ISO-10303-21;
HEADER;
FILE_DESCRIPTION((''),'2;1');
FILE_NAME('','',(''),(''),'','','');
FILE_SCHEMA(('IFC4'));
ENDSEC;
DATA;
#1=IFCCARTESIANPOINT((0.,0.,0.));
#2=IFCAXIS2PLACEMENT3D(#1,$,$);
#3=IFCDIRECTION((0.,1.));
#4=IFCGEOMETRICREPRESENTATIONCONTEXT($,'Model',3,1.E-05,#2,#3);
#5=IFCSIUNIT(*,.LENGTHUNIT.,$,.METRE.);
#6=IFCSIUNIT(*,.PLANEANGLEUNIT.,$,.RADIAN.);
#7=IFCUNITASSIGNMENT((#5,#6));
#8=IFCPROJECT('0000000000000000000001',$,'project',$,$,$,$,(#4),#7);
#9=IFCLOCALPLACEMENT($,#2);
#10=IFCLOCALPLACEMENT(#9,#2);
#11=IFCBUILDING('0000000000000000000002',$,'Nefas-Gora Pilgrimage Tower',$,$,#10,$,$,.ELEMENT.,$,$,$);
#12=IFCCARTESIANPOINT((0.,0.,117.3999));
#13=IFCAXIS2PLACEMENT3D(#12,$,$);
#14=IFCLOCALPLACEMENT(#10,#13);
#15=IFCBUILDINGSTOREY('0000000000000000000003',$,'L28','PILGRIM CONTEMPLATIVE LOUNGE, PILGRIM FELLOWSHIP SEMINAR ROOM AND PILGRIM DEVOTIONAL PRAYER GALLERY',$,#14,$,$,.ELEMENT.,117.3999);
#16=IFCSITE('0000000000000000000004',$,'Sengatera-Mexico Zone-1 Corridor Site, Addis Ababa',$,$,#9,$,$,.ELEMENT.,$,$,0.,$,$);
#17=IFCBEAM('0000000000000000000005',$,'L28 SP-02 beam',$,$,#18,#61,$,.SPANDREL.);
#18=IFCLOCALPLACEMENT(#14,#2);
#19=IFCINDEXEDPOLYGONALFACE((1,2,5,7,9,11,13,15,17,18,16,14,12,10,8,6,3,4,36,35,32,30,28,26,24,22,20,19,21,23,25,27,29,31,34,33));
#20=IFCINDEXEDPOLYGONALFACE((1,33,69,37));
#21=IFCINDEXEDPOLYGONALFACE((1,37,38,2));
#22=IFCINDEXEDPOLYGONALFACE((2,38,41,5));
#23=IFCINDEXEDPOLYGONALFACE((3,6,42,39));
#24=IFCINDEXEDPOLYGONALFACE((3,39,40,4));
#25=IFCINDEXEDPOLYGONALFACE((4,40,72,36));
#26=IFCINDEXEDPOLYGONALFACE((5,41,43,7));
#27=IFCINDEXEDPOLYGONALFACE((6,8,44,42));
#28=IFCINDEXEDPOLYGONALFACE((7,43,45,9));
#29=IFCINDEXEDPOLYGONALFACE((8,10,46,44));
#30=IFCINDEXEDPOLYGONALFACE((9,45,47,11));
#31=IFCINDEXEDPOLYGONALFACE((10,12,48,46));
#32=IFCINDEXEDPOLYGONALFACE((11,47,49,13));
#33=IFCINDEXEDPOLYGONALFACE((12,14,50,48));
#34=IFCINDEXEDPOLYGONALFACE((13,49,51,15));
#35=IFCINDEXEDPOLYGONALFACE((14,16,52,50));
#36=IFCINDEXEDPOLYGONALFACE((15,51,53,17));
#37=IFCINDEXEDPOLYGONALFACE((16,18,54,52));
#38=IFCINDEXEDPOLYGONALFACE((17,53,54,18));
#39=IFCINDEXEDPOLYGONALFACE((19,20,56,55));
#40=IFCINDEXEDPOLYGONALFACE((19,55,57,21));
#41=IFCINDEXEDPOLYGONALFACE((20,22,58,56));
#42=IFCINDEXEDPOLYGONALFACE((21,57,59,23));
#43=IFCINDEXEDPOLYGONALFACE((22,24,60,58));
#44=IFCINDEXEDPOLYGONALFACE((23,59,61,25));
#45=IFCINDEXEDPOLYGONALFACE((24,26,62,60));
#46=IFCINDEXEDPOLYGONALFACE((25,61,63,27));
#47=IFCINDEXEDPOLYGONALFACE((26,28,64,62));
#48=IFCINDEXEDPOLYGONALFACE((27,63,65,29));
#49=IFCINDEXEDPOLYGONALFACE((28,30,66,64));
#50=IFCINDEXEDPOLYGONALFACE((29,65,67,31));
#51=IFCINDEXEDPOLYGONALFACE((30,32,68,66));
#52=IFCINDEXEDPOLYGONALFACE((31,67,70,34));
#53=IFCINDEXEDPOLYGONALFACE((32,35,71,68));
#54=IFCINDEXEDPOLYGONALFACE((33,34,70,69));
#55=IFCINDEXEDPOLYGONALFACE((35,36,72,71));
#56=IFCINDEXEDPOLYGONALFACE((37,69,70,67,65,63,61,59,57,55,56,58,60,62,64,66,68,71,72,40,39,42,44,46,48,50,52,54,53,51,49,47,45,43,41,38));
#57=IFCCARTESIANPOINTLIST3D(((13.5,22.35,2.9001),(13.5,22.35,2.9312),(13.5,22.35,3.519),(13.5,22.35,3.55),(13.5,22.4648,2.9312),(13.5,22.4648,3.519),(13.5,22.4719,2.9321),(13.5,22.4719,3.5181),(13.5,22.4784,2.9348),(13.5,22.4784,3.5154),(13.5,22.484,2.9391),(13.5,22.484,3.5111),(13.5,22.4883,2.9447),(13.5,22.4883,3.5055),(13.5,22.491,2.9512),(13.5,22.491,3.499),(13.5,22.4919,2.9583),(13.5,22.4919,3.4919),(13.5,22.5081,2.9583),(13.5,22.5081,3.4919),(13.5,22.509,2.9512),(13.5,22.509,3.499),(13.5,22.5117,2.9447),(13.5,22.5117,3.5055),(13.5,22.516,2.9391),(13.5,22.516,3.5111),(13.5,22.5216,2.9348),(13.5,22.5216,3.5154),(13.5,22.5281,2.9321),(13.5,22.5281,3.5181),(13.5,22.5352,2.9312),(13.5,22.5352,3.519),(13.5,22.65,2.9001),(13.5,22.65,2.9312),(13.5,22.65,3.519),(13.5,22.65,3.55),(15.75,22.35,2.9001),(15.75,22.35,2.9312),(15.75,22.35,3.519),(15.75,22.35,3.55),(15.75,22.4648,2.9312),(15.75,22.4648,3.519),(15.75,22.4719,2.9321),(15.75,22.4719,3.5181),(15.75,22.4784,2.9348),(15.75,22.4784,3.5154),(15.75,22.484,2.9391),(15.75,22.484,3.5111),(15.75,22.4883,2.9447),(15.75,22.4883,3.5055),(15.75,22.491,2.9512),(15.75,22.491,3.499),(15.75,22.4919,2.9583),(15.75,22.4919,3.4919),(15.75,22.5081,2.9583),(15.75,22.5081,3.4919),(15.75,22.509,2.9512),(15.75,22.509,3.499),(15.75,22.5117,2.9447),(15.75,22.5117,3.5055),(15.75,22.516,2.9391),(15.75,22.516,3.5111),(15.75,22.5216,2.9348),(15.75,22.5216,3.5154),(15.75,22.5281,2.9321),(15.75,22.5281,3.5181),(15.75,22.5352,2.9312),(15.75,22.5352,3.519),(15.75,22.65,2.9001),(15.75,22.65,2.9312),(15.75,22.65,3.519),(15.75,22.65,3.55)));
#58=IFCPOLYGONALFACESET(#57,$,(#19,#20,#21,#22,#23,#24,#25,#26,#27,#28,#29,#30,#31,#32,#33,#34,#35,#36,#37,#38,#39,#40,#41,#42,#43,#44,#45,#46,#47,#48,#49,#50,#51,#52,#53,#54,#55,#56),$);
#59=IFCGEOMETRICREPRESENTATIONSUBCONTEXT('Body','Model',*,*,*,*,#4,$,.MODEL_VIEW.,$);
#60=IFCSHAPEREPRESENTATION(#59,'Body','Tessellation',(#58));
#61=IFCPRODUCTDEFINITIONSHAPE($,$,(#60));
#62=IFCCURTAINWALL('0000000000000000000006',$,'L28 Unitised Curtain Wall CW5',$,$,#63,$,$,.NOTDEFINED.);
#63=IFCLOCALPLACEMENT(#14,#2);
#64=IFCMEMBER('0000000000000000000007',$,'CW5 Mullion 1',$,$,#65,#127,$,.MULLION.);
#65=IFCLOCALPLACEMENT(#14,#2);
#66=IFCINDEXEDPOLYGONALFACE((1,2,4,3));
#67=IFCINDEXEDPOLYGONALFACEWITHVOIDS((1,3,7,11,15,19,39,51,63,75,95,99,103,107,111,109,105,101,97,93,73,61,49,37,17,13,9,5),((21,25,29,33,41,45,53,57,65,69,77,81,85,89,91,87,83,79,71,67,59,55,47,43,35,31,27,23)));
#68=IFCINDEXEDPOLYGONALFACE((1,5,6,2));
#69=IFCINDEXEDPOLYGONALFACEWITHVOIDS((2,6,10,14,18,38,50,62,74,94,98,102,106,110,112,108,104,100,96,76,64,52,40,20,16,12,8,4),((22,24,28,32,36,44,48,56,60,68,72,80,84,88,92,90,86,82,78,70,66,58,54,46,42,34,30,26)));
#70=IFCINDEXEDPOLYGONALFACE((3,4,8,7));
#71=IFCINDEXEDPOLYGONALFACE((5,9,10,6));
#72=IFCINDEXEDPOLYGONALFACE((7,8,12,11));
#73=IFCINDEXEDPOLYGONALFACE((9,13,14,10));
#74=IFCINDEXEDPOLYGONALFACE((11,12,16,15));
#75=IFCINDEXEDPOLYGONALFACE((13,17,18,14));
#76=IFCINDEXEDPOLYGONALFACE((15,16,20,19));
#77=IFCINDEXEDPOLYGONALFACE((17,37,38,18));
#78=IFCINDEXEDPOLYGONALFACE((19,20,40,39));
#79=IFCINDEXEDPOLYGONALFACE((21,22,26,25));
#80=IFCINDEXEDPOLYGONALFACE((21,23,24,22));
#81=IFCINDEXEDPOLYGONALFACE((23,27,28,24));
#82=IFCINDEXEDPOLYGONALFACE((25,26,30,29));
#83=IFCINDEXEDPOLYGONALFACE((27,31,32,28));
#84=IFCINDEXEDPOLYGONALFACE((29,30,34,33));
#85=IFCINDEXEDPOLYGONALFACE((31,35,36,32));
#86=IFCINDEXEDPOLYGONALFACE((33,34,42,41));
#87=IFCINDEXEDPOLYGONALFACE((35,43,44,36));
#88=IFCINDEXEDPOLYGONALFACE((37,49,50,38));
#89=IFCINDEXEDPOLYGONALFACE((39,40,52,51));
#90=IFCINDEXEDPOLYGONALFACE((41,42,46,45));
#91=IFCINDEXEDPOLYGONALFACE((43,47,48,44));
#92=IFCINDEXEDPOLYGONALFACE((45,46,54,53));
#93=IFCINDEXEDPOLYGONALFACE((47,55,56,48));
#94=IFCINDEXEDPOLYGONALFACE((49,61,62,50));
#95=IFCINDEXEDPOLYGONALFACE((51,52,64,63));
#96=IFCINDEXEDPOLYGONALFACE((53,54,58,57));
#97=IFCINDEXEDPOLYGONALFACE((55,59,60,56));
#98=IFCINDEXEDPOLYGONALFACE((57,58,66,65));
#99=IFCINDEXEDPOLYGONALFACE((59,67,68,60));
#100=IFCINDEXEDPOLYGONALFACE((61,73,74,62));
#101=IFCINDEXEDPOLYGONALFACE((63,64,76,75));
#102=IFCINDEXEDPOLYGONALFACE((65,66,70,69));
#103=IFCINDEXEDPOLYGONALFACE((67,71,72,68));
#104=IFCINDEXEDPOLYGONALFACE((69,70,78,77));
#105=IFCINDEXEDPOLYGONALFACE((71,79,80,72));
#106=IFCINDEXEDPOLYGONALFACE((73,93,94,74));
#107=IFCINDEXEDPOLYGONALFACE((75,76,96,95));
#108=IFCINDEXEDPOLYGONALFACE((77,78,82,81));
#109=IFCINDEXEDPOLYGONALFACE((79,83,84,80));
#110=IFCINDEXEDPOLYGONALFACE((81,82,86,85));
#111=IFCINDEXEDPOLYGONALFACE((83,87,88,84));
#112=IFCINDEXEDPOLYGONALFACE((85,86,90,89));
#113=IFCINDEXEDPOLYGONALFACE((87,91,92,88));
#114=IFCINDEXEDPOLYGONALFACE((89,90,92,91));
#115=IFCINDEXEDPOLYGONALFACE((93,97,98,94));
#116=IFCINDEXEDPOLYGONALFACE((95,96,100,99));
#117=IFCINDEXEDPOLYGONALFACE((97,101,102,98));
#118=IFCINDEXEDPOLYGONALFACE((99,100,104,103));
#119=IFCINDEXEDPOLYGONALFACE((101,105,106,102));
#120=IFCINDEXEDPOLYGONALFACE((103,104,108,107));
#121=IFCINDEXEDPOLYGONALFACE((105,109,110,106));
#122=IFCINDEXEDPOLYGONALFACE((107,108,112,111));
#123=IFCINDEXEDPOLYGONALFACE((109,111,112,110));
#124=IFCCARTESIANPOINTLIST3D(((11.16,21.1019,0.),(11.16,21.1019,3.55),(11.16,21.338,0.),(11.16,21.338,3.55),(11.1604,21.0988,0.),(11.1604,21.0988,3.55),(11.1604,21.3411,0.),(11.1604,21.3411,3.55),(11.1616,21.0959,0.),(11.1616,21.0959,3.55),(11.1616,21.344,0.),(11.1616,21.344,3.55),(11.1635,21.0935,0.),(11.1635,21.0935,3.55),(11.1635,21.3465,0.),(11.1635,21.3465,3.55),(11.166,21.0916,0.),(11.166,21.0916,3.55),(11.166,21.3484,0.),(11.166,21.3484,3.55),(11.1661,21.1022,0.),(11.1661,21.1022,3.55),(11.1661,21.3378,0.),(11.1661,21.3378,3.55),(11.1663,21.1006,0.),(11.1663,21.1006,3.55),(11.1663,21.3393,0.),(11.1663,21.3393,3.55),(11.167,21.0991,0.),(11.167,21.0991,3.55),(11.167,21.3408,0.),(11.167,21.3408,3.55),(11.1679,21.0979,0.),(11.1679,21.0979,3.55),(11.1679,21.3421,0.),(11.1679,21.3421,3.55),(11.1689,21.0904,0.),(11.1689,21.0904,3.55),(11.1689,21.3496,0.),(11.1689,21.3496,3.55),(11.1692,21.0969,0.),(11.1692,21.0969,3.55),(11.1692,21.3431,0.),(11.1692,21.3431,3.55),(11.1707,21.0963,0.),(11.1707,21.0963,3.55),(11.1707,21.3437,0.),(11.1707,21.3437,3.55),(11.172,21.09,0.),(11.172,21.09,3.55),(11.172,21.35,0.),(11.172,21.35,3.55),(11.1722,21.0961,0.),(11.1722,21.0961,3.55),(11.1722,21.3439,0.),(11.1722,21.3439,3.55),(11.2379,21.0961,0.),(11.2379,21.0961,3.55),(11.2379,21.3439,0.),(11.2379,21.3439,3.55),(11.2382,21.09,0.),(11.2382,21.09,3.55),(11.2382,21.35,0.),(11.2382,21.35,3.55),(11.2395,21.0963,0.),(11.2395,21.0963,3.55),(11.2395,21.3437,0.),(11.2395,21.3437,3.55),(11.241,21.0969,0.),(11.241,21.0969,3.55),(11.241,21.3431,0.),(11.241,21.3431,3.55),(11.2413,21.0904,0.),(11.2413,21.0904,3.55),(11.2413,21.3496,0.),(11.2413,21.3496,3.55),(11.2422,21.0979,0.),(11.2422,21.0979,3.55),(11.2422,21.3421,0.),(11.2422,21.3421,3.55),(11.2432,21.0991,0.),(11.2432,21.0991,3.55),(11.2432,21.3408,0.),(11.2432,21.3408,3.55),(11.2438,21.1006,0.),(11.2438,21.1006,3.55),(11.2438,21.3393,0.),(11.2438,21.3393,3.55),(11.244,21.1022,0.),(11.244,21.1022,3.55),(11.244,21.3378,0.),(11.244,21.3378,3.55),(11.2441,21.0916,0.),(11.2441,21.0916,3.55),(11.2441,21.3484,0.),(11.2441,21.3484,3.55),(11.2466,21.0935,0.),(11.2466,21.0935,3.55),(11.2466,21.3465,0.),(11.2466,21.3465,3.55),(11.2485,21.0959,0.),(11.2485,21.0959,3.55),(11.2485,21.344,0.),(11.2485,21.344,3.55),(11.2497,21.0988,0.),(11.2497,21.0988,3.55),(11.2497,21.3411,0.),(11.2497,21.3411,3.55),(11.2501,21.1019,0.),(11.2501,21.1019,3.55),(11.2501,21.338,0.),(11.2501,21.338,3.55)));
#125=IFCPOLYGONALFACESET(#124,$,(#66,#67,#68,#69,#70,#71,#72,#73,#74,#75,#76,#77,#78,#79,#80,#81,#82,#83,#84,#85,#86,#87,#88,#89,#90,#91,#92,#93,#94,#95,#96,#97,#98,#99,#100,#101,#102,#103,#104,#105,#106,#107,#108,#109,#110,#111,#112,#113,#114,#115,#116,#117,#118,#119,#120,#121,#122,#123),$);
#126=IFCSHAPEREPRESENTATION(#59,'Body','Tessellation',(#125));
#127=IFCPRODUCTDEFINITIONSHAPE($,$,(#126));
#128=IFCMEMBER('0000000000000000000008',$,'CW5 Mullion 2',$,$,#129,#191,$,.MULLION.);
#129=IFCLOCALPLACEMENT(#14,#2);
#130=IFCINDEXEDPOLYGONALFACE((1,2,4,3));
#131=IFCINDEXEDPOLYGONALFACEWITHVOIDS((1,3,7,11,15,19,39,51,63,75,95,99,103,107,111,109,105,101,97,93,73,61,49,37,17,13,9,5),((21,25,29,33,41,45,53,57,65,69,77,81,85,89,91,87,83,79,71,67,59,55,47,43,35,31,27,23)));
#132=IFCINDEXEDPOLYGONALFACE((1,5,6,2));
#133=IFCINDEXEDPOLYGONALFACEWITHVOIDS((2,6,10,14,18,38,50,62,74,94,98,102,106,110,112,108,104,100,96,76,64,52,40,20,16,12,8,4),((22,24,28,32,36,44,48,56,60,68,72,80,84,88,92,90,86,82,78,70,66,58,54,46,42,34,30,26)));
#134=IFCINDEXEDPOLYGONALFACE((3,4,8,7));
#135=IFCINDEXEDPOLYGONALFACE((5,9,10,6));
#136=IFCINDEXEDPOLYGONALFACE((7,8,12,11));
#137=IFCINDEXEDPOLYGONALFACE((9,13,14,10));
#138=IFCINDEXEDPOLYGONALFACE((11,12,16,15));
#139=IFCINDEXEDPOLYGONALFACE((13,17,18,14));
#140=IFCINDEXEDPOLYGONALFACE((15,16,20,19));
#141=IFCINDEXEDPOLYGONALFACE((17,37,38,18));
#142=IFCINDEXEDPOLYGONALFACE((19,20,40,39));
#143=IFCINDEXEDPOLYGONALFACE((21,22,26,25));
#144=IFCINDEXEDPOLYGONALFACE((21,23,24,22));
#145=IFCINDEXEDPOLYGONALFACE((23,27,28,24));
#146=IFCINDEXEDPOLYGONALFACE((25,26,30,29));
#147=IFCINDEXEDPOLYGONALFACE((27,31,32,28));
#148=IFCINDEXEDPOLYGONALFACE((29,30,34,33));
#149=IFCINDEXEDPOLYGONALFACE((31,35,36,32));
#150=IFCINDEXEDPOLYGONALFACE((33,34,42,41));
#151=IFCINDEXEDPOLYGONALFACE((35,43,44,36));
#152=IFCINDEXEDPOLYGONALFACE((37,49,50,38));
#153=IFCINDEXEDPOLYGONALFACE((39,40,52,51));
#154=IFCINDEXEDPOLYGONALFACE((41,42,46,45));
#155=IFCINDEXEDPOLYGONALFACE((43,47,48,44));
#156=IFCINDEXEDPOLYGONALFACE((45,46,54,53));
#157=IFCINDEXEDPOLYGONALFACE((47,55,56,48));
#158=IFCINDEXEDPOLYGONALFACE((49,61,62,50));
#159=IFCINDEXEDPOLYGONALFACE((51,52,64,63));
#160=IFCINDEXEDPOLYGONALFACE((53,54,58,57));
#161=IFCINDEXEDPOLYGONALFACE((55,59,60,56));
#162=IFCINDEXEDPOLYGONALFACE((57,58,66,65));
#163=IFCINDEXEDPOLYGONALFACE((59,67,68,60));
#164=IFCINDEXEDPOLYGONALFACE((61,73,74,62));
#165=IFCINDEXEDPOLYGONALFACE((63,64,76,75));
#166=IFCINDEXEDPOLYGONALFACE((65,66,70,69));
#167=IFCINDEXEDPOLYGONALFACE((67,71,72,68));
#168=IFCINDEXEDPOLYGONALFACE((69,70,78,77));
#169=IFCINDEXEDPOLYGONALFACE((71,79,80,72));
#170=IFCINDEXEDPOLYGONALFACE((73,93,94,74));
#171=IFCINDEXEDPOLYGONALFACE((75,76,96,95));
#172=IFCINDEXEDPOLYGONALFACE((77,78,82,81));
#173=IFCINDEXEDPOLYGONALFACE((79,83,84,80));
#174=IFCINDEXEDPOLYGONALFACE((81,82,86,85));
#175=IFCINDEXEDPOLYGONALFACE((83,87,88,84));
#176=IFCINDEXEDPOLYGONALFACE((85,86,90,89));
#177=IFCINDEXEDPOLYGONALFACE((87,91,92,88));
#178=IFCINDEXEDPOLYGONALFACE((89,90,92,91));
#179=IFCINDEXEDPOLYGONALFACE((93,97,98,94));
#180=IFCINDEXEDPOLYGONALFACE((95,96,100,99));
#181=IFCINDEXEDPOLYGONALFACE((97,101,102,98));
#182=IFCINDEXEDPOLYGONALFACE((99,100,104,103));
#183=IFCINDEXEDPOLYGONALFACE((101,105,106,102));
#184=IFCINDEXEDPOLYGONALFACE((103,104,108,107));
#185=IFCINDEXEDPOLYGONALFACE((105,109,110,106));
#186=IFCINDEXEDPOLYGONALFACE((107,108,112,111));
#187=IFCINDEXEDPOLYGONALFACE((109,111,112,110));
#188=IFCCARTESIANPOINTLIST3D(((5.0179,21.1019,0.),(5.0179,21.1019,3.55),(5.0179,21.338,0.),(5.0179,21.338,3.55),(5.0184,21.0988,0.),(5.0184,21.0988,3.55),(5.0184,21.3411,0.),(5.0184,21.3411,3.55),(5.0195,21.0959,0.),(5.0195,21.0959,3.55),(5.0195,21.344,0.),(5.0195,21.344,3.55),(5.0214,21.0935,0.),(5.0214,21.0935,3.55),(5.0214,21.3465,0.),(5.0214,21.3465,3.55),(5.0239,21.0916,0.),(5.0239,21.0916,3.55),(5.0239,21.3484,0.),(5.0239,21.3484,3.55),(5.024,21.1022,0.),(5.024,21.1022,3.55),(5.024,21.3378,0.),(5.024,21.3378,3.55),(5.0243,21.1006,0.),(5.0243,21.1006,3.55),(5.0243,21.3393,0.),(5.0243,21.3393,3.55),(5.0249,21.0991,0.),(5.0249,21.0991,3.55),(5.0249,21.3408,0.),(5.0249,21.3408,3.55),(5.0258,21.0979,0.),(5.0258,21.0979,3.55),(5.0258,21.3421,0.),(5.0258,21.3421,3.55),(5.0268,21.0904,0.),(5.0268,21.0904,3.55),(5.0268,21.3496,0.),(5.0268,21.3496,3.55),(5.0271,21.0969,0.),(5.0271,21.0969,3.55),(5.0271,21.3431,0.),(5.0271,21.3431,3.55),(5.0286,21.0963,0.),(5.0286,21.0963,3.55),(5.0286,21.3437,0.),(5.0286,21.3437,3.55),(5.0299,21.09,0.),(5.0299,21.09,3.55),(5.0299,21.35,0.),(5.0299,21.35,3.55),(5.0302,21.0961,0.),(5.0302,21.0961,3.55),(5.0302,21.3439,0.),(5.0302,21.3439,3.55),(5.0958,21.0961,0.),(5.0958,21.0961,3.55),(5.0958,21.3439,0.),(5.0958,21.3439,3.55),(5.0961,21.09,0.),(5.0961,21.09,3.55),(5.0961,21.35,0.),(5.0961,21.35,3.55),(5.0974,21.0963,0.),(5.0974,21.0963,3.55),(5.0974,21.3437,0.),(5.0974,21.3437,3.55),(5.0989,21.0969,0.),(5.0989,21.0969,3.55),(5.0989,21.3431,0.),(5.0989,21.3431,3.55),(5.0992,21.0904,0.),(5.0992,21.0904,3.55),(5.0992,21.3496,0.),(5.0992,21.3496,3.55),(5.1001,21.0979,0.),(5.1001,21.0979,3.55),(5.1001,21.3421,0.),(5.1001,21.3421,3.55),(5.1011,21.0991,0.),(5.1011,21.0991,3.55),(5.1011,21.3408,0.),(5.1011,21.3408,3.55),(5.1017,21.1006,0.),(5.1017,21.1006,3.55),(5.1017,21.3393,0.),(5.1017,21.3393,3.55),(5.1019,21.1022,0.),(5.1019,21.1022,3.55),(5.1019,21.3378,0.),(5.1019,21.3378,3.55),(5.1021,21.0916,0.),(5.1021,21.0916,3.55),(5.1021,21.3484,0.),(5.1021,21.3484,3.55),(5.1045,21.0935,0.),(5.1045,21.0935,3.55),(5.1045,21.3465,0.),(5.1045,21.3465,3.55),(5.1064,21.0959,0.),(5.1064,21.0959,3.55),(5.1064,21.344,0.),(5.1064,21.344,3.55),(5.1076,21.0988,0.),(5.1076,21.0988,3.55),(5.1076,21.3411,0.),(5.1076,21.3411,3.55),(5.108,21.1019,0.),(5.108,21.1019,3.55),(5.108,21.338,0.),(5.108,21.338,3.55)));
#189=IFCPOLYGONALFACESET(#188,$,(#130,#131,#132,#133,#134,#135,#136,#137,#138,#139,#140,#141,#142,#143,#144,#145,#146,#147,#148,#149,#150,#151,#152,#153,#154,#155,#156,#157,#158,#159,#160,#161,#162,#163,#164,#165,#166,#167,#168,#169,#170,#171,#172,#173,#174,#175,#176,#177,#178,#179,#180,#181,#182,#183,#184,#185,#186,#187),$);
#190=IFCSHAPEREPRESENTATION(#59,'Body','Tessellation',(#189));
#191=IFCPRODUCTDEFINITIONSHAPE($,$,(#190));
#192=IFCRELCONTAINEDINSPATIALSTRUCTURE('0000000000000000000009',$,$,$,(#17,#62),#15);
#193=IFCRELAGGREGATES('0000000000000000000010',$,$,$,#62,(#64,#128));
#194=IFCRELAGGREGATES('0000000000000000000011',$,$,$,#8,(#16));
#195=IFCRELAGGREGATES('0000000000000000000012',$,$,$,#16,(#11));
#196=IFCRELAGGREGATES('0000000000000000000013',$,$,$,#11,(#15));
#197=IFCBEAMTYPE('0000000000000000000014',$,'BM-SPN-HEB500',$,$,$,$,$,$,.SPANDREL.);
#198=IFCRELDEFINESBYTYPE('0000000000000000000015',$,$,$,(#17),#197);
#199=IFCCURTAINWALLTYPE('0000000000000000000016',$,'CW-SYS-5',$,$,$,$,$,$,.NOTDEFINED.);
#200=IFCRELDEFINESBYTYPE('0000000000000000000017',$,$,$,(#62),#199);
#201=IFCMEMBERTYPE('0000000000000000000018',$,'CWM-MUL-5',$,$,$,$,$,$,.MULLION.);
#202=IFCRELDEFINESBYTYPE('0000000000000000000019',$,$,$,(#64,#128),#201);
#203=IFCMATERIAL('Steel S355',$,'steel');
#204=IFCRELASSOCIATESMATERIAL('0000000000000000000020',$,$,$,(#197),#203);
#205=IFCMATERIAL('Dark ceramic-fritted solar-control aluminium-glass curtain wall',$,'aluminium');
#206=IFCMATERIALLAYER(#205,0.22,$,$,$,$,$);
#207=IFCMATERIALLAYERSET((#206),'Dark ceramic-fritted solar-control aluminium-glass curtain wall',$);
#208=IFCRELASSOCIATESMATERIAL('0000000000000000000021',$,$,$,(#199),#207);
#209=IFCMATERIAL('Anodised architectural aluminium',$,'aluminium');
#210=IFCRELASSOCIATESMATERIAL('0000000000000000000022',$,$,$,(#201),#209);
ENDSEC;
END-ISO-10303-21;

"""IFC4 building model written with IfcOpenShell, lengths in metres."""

from ifc_helpers import new_model, si_unit, direction, frame, origin, origin_2d, place, context, subcontext, project, spatial, hollow_rectangle, i_section, extrude, source, transform, mapped, material, layer, layer_set, material_profile, profile_set, type_object, element, aggregate, save


model = new_model("IFC4")

# Units and contexts
model_context = context("Model", 3, precision=1e-05, world=origin(), true_north=direction((0.0, 1.0)))
body_context = subcontext(model_context, "Body", "Model", "MODEL_VIEW")
ifc_project = project(units=[si_unit("LENGTHUNIT", "METRE"), si_unit("PLANEANGLEUNIT", "RADIAN")], contexts=[model_context])

# Site, building, storey
site_placement = place(None, origin())
site = spatial("IfcSite", under=ifc_project, at=site_placement, Name="Sengatera-Mexico Zone-1 Corridor Site, Addis Ababa", CompositionType="ELEMENT", RefElevation=0.0)
building_placement = place(site_placement, origin())
building = spatial("IfcBuilding", under=site, at=building_placement, Name="Nefas-Gora Pilgrimage Tower", CompositionType="ELEMENT")
storey_placement = place(building_placement, frame((0.0, 0.0, 117.3999)))
storey = spatial("IfcBuildingStorey", under=building, at=storey_placement, Name="L28", Description="PILGRIM CONTEMPLATIVE LOUNGE, PILGRIM FELLOWSHIP SEMINAR ROOM AND PILGRIM DEVOTIONAL PRAYER GALLERY", CompositionType="ELEMENT", Elevation=117.3999)

# Beam
ifc_material_1 = material(Name="Steel S355", Category="steel")
ifc_material_profile_1 = material_profile(ifc_material_1, i_section(OverallWidth=0.3, OverallDepth=0.6499, WebThickness=0.0161, FlangeThickness=0.031, FilletRadius=0.0271, at=origin_2d()), Name="HEB 650")
ifc_profile_set_1 = profile_set([ifc_material_profile_1], Name="Steel S355")
beam_type_1 = type_object("IfcBeamType", Name="BM-SPN-HEB500", PredefinedType="SPANDREL", material=ifc_profile_set_1)
shared_shape_1 = source(origin(), body_context, "Body", "SweptSolid", [
    extrude(i_section(OverallWidth=0.3, OverallDepth=0.6499, WebThickness=0.0161, FlangeThickness=0.031, FilletRadius=0.0271, at=origin_2d()), origin(), (0.0, 0.0, 1.0), 2.25),
])
beam_1_placement = place(storey_placement, frame((13.5, 22.5, 3.2251), z_axis=(1.0, 0.0, 0.0), x_axis=(0.0, 1.0, 0.0)))
element("IfcBeam", 1, at=beam_1_placement, inside=storey, type_object=beam_type_1, Name="L28 SP-02 beam", PredefinedType="SPANDREL", context=body_context, shape_type="MappedRepresentation", body=[
    mapped(shared_shape_1, transform((0.0, 0.0, 0.0), x_axis=(1.0, 0.0, 0.0), y_axis=(0.0, 1.0, 0.0), z_axis=(0.0, 0.0, 1.0), scale=1.0)),
])

# Curtain wall, members
ifc_material_2 = material(Name="Dark ceramic-fritted solar-control aluminium-glass curtain wall", Category="aluminium")
ifc_layer_1 = layer(ifc_material_2, 0.22)
ifc_layer_set_1 = layer_set([ifc_layer_1], Name="Dark ceramic-fritted solar-control aluminium-glass curtain wall")
curtain_wall_type_1 = type_object("IfcCurtainWallType", Name="CW-SYS-5", PredefinedType="NOTDEFINED", material=ifc_layer_set_1)
curtain_wall_1_placement = place(storey_placement, origin())
curtain_wall_1 = element("IfcCurtainWall", 2, at=curtain_wall_1_placement, inside=storey, type_object=curtain_wall_type_1, Name="L28 Unitised Curtain Wall CW5", PredefinedType="NOTDEFINED")
ifc_material_3 = material(Name="Anodised architectural aluminium", Category="aluminium")
ifc_material_profile_2 = material_profile(ifc_material_3, hollow_rectangle(XDim=0.0901, YDim=0.26, WallThickness=0.0061, InnerFilletRadius=0.0061, OuterFilletRadius=0.012, at=origin_2d()), Name="ALU MULLION 90x260")
ifc_profile_set_2 = profile_set([ifc_material_profile_2], Name="Anodised architectural aluminium")
member_type_1 = type_object("IfcMemberType", Name="CWM-MUL-5", PredefinedType="MULLION", material=ifc_profile_set_2)
shared_shape_2 = source(origin(), body_context, "Body", "SweptSolid", [
    extrude(hollow_rectangle(XDim=0.0901, YDim=0.26, WallThickness=0.0061, InnerFilletRadius=0.0061, OuterFilletRadius=0.012, at=origin_2d()), origin(), (0.0, 0.0, 1.0), 3.55),
])
member_1_placement = place(storey_placement, frame((11.2051, 21.22, 0.0), z_axis=(0.0, 0.0, 1.0), x_axis=(-1.0, 0.0, 0.0)))
member_1 = element("IfcMember", 3, at=member_1_placement, type_object=member_type_1, Name="CW5 Mullion 1", PredefinedType="MULLION", context=body_context, shape_type="MappedRepresentation", body=[
    mapped(shared_shape_2, transform((0.0, 0.0, 0.0), x_axis=(1.0, 0.0, 0.0), y_axis=(0.0, 1.0, 0.0), z_axis=(0.0, 0.0, 1.0), scale=1.0)),
])
member_2_placement = place(storey_placement, frame((5.063, 21.22, 0.0), z_axis=(0.0, 0.0, 1.0), x_axis=(-1.0, 0.0, 0.0)))
member_2 = element("IfcMember", 4, at=member_2_placement, type_object=member_type_1, Name="CW5 Mullion 2", PredefinedType="MULLION", context=body_context, shape_type="MappedRepresentation", body=[
    mapped(shared_shape_2, transform((0.0, 0.0, 0.0), x_axis=(1.0, 0.0, 0.0), y_axis=(0.0, 1.0, 0.0), z_axis=(0.0, 0.0, 1.0), scale=1.0)),
])

aggregate(curtain_wall_1, [member_1, member_2])

save(model, "model.ifc")
